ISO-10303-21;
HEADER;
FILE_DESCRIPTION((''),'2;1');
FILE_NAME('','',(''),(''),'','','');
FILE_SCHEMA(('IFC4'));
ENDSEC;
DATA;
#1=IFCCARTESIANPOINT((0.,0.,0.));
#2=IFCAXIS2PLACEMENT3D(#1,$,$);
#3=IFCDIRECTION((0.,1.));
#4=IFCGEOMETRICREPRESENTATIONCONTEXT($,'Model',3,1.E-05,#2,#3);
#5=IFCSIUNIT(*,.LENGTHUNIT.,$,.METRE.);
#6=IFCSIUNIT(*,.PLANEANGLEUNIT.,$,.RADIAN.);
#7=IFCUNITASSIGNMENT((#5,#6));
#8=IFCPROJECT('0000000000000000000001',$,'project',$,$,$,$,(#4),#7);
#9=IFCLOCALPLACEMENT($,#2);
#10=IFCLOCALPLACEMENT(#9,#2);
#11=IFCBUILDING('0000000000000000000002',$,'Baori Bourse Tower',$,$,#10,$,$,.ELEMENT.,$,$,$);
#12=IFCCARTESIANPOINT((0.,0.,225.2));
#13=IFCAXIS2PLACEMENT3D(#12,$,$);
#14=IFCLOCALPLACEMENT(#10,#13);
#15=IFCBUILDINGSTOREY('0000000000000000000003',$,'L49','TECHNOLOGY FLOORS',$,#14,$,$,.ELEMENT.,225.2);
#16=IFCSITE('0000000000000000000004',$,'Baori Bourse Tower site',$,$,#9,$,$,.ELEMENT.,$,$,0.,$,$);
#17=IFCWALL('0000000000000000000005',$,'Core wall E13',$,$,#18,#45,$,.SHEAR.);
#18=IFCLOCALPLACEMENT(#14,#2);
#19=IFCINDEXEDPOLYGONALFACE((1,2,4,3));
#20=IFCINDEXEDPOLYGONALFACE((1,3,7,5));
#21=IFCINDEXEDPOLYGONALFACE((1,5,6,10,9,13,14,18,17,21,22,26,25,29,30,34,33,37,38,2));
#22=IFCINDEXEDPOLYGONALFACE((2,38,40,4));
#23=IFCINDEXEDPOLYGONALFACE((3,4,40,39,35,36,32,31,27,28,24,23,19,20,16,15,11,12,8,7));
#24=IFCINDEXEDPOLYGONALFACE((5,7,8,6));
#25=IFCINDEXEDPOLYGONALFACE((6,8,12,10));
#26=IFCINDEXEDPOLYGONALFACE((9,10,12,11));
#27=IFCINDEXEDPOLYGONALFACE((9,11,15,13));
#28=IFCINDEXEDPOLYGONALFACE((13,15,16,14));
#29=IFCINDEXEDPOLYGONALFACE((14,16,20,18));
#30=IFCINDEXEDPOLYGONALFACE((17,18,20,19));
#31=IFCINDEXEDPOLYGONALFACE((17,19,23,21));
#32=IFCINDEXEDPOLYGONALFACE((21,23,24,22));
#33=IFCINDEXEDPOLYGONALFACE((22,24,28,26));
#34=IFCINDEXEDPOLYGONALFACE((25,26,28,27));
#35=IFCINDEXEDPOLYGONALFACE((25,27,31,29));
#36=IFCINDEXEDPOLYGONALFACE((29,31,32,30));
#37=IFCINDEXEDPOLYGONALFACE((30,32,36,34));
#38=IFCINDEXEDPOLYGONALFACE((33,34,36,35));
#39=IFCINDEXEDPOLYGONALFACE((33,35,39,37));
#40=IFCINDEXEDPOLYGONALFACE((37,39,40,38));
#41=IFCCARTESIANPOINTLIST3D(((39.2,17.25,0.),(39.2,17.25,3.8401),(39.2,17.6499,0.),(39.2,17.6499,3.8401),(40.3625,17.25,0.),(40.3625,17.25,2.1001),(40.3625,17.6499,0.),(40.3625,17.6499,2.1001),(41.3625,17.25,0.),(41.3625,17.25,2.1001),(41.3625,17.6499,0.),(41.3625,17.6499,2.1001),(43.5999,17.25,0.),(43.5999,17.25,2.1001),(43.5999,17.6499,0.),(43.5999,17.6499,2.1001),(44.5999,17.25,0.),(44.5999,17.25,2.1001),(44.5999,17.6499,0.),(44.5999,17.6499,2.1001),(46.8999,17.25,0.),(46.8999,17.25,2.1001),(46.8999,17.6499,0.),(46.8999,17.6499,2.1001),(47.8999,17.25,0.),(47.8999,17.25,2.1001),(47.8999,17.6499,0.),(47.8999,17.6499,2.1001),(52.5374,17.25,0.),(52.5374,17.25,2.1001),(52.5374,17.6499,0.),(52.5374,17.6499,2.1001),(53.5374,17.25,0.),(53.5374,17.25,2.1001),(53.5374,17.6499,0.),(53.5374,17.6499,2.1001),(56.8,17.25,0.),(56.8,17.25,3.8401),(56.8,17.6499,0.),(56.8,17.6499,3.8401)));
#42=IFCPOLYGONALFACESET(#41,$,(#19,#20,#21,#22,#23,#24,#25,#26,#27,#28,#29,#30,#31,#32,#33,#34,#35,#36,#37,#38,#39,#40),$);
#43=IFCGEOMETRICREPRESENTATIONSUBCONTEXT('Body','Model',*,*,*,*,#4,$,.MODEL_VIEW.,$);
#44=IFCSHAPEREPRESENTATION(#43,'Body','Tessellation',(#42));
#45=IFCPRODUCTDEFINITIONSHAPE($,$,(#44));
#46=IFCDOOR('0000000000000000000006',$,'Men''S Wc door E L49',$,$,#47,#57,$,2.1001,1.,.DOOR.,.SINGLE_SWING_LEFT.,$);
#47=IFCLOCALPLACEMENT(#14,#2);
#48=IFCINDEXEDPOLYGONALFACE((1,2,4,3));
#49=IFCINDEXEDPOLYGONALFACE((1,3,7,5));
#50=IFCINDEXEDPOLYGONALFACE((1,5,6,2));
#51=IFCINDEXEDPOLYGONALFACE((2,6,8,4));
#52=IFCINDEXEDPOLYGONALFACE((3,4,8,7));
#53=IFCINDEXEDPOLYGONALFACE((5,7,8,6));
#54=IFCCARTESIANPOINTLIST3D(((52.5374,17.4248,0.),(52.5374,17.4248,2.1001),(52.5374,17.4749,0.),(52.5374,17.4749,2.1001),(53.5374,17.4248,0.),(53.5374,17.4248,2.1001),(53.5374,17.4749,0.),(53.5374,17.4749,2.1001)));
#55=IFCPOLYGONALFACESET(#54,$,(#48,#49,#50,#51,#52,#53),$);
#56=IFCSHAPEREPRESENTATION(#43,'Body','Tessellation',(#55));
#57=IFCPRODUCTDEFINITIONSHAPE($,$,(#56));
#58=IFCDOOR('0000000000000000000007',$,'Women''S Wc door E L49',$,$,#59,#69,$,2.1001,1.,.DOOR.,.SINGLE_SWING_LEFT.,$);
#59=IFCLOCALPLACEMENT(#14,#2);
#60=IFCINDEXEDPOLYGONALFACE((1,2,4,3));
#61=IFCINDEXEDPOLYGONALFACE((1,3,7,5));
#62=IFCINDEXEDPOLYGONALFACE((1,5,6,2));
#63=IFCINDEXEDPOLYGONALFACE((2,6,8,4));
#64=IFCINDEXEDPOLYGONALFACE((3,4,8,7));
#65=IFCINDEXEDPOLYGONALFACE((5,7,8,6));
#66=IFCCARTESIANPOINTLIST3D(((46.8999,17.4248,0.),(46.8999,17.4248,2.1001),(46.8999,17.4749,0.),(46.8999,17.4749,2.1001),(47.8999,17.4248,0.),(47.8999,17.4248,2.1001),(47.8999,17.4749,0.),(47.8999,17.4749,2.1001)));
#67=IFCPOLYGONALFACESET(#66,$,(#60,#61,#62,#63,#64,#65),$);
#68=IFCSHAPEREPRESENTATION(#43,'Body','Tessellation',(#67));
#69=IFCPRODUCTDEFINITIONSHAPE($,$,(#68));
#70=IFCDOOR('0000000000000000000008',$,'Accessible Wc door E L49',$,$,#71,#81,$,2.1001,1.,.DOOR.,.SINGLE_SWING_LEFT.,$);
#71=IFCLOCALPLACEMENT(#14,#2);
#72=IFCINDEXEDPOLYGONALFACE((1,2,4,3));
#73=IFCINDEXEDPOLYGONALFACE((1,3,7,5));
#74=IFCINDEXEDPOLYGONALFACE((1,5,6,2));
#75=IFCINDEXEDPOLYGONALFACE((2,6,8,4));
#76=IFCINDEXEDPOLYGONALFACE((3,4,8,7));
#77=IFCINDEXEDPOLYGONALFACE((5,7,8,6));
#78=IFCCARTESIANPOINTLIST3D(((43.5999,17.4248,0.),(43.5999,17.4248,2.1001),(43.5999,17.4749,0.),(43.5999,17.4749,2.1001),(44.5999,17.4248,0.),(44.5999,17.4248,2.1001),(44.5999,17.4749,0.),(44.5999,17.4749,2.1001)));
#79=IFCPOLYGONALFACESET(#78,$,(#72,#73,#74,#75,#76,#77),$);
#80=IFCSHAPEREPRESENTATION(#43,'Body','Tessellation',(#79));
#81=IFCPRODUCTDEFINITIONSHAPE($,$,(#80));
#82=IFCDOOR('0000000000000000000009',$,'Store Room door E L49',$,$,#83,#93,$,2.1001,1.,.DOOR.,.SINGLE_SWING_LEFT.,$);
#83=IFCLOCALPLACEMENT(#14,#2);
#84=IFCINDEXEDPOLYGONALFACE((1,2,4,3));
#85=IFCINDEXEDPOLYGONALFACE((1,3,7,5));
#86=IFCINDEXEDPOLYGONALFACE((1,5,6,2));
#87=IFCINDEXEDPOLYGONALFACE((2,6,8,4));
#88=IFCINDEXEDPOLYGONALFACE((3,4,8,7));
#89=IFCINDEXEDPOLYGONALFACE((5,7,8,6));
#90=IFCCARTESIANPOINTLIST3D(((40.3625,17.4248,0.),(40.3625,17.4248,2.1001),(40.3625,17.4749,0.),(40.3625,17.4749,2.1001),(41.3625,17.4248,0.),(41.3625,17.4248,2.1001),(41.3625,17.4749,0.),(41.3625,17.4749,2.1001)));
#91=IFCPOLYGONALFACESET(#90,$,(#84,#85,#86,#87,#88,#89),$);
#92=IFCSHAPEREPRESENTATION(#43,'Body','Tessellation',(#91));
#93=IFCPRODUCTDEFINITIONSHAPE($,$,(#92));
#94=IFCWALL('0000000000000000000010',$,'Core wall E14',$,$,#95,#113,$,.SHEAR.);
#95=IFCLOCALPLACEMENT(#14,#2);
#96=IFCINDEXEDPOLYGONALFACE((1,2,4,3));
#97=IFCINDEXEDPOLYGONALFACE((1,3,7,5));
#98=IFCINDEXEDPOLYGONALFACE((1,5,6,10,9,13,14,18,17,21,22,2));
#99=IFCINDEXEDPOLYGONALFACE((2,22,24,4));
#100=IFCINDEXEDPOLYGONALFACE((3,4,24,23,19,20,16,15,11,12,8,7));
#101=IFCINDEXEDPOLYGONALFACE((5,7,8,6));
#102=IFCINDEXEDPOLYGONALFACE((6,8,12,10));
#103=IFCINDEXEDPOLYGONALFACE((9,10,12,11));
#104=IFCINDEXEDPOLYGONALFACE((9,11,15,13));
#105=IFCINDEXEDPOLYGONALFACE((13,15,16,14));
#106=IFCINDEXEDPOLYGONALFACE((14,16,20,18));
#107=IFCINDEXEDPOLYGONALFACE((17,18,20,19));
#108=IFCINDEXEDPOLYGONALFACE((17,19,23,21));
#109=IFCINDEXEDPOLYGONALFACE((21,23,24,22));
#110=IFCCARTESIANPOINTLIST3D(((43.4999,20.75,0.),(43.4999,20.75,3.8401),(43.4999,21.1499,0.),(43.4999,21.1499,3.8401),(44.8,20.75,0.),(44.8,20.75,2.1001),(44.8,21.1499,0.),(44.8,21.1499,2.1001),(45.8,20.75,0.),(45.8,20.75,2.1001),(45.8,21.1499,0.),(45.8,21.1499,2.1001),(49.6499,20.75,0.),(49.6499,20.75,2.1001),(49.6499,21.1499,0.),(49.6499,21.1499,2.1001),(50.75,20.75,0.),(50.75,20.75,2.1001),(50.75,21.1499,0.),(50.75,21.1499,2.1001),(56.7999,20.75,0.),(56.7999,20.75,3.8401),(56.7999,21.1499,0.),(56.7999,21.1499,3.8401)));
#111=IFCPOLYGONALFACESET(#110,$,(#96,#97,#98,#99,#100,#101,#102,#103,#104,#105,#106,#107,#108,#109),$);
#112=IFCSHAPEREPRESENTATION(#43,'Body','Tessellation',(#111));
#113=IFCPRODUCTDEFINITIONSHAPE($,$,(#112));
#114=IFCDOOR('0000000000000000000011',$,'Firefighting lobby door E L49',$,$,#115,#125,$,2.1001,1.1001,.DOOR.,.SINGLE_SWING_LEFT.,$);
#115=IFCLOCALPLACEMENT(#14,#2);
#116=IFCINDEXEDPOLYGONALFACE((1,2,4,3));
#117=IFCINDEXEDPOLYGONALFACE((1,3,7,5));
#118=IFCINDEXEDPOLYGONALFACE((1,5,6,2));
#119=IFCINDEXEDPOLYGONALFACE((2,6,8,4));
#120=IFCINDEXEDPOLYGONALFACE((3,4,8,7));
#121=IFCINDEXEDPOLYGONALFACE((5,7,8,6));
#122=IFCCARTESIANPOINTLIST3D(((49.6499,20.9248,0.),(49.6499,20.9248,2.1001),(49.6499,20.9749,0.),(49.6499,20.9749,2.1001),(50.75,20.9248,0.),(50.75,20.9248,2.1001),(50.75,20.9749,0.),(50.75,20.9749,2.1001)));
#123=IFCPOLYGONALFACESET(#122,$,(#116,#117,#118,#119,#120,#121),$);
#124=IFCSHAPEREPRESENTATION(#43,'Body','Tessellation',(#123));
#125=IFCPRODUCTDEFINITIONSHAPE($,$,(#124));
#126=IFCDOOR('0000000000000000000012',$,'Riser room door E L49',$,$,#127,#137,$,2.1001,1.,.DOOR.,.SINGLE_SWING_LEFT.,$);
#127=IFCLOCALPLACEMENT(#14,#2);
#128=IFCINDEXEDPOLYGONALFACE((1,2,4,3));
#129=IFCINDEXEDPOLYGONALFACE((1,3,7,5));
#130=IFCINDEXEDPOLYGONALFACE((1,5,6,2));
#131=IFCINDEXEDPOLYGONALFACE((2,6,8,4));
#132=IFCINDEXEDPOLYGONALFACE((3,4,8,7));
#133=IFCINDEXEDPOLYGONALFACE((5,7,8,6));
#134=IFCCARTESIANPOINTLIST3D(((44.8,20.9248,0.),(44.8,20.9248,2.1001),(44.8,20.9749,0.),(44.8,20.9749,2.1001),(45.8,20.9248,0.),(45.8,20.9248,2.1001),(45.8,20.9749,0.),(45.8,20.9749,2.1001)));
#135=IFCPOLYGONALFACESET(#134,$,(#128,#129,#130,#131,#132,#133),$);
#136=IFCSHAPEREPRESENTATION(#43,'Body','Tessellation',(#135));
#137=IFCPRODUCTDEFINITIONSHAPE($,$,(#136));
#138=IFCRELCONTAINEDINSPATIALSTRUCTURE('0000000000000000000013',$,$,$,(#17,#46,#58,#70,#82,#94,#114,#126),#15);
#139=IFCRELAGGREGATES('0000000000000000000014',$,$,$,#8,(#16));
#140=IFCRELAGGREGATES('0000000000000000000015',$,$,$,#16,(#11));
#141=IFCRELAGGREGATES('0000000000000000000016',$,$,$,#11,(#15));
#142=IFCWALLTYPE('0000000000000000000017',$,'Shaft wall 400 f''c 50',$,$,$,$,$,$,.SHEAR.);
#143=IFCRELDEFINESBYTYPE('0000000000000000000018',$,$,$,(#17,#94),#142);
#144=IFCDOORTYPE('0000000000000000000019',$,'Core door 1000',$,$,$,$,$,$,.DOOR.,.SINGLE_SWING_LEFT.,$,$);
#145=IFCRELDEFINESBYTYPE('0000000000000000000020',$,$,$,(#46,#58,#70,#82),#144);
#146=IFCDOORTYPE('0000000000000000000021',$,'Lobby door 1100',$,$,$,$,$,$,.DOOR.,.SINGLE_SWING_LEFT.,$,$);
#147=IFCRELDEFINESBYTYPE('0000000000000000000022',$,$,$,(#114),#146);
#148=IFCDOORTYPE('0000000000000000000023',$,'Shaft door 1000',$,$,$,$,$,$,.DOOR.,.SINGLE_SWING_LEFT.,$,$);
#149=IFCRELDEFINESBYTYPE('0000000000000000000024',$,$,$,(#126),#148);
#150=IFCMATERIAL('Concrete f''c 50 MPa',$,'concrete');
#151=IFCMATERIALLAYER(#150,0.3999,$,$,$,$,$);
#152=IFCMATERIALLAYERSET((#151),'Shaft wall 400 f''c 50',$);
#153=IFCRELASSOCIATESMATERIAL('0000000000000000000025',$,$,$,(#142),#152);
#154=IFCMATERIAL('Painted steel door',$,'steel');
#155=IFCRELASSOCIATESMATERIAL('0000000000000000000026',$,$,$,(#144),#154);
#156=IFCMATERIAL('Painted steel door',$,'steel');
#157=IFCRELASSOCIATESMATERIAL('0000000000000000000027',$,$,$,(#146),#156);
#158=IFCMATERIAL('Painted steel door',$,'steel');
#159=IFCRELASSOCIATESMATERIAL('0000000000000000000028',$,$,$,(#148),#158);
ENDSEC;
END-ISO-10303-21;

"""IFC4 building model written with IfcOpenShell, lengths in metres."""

from ifc_helpers import new_model, si_unit, direction, frame, frame_2d, origin, place, context, subcontext, project, spatial, rectangle, extrude, material, layer, layer_set, type_object, element, fill, save


model = new_model("IFC4")

# Units and contexts
model_context = context("Model", 3, precision=1e-05, world=origin(), true_north=direction((0.0, 1.0)))
body_context = subcontext(model_context, "Body", "Model", "MODEL_VIEW")
ifc_project = project(units=[si_unit("LENGTHUNIT", "METRE"), si_unit("PLANEANGLEUNIT", "RADIAN")], contexts=[model_context])

# Site, building, storey
site_placement = place(None, origin())
site = spatial("IfcSite", under=ifc_project, at=site_placement, Name="Baori Bourse Tower site", CompositionType="ELEMENT", RefElevation=0.0)
building_placement = place(site_placement, origin())
building = spatial("IfcBuilding", under=site, at=building_placement, Name="Baori Bourse Tower", CompositionType="ELEMENT")
storey_placement = place(building_placement, frame((0.0, 0.0, 225.2)))
storey = spatial("IfcBuildingStorey", under=building, at=storey_placement, Name="L49", Description="TECHNOLOGY FLOORS", CompositionType="ELEMENT", Elevation=225.2)

# Shared definitions
ifc_material_1 = material(Name="Concrete f'c 50 MPa", Category="concrete")
ifc_layer_1 = layer(ifc_material_1, 0.3999)
ifc_layer_set_1 = layer_set([ifc_layer_1], Name="Shaft wall 400 f'c 50")
wall_type_1 = type_object("IfcWallType", Name="Shaft wall 400 f'c 50", PredefinedType="SHEAR", material=ifc_layer_set_1)

# Walls, openings, doors
wall_1_placement = place(storey_placement, frame((39.2, 17.45, 0.0), z_axis=(0.0, 0.0, 1.0), x_axis=(1.0, 0.0, 0.0)))
wall_1 = element("IfcWall", 1, at=wall_1_placement, inside=storey, type_object=wall_type_1, Name="Core wall E13", PredefinedType="SHEAR", context=body_context, shape_type="SweptSolid", body=[
    extrude(rectangle(XDim=17.6001, YDim=0.3999, at=frame_2d((8.8, 0.0))), origin(), (0.0, 0.0, 1.0), 3.8401),
])
opening_1_placement = place(wall_1_placement, frame((13.3374, 0.0, 0.0)))
opening_1 = element("IfcOpeningElement", 2, at=opening_1_placement, cuts=wall_1, PredefinedType="OPENING", context=body_context, shape_type="SweptSolid", body=[
    extrude(rectangle(XDim=1.0, YDim=2.1001, at=frame_2d((0.5, 1.05))), frame((0.0, 0.21, 0.0), z_axis=(0.0, -1.0, 0.0), x_axis=(1.0, 0.0, 0.0)), (0.0, 0.0, 1.0), 0.4199),
])
opening_2_placement = place(wall_1_placement, frame((7.7, 0.0, 0.0)))
opening_2 = element("IfcOpeningElement", 3, at=opening_2_placement, cuts=wall_1, PredefinedType="OPENING", context=body_context, shape_type="SweptSolid", body=[
    extrude(rectangle(XDim=1.0, YDim=2.1001, at=frame_2d((0.5, 1.05))), frame((0.0, 0.21, 0.0), z_axis=(0.0, -1.0, 0.0), x_axis=(1.0, 0.0, 0.0)), (0.0, 0.0, 1.0), 0.4199),
])
opening_3_placement = place(wall_1_placement, frame((4.3999, 0.0, 0.0)))
opening_3 = element("IfcOpeningElement", 4, at=opening_3_placement, cuts=wall_1, PredefinedType="OPENING", context=body_context, shape_type="SweptSolid", body=[
    extrude(rectangle(XDim=1.0, YDim=2.1001, at=frame_2d((0.5, 1.05))), frame((0.0, 0.21, 0.0), z_axis=(0.0, -1.0, 0.0), x_axis=(1.0, 0.0, 0.0)), (0.0, 0.0, 1.0), 0.4199),
])
opening_4_placement = place(wall_1_placement, frame((1.1626, 0.0, 0.0)))
opening_4 = element("IfcOpeningElement", 5, at=opening_4_placement, cuts=wall_1, PredefinedType="OPENING", context=body_context, shape_type="SweptSolid", body=[
    extrude(rectangle(XDim=1.0, YDim=2.1001, at=frame_2d((0.5, 1.05))), frame((0.0, 0.21, 0.0), z_axis=(0.0, -1.0, 0.0), x_axis=(1.0, 0.0, 0.0)), (0.0, 0.0, 1.0), 0.4199),
])
ifc_material_2 = material(Name="Painted steel door", Category="steel")
door_type_1 = type_object("IfcDoorType", Name="Core door 1000", OperationType="SINGLE_SWING_LEFT", PredefinedType="DOOR", material=ifc_material_2)
door_1_placement = place(opening_1_placement, origin())
door_1 = element("IfcDoor", 6, at=door_1_placement, inside=storey, type_object=door_type_1, Name="Men'S Wc door E L49", OperationType="SINGLE_SWING_LEFT", OverallHeight=2.1001, OverallWidth=1.0, PredefinedType="DOOR", context=body_context, shape_type="SweptSolid", body=[
    extrude(rectangle(XDim=1.0, YDim=2.1001, at=frame_2d((0.5, 1.05))), frame((0.0, 0.0249, 0.0), z_axis=(0.0, -1.0, 0.0), x_axis=(1.0, 0.0, 0.0)), (0.0, 0.0, 1.0), 0.05),
])
fill(opening_1, door_1)
door_2_placement = place(opening_2_placement, origin())
door_2 = element("IfcDoor", 7, at=door_2_placement, inside=storey, type_object=door_type_1, Name="Women'S Wc door E L49", OperationType="SINGLE_SWING_LEFT", OverallHeight=2.1001, OverallWidth=1.0, PredefinedType="DOOR", context=body_context, shape_type="SweptSolid", body=[
    extrude(rectangle(XDim=1.0, YDim=2.1001, at=frame_2d((0.5, 1.05))), frame((0.0, 0.0249, 0.0), z_axis=(0.0, -1.0, 0.0), x_axis=(1.0, 0.0, 0.0)), (0.0, 0.0, 1.0), 0.05),
])
fill(opening_2, door_2)
door_3_placement = place(opening_3_placement, origin())
door_3 = element("IfcDoor", 8, at=door_3_placement, inside=storey, type_object=door_type_1, Name="Accessible Wc door E L49", OperationType="SINGLE_SWING_LEFT", OverallHeight=2.1001, OverallWidth=1.0, PredefinedType="DOOR", context=body_context, shape_type="SweptSolid", body=[
    extrude(rectangle(XDim=1.0, YDim=2.1001, at=frame_2d((0.5, 1.05))), frame((0.0, 0.0249, 0.0), z_axis=(0.0, -1.0, 0.0), x_axis=(1.0, 0.0, 0.0)), (0.0, 0.0, 1.0), 0.05),
])
fill(opening_3, door_3)
door_4_placement = place(opening_4_placement, origin())
door_4 = element("IfcDoor", 9, at=door_4_placement, inside=storey, type_object=door_type_1, Name="Store Room door E L49", OperationType="SINGLE_SWING_LEFT", OverallHeight=2.1001, OverallWidth=1.0, PredefinedType="DOOR", context=body_context, shape_type="SweptSolid", body=[
    extrude(rectangle(XDim=1.0, YDim=2.1001, at=frame_2d((0.5, 1.05))), frame((0.0, 0.0249, 0.0), z_axis=(0.0, -1.0, 0.0), x_axis=(1.0, 0.0, 0.0)), (0.0, 0.0, 1.0), 0.05),
])
fill(opening_4, door_4)
wall_2_placement = place(storey_placement, frame((43.5, 20.95, 0.0), z_axis=(0.0, 0.0, 1.0), x_axis=(1.0, 0.0, 0.0)))
wall_2 = element("IfcWall", 10, at=wall_2_placement, inside=storey, type_object=wall_type_1, Name="Core wall E14", PredefinedType="SHEAR", context=body_context, shape_type="SweptSolid", body=[
    extrude(rectangle(XDim=13.3, YDim=0.3999, at=frame_2d((6.6499, 0.0))), origin(), (0.0, 0.0, 1.0), 3.8401),
])
opening_5_placement = place(wall_2_placement, frame((6.1499, 0.0, 0.0)))
opening_5 = element("IfcOpeningElement", 11, at=opening_5_placement, cuts=wall_2, PredefinedType="OPENING", context=body_context, shape_type="SweptSolid", body=[
    extrude(rectangle(XDim=1.1001, YDim=2.1001, at=frame_2d((0.55, 1.05))), frame((0.0, 0.21, 0.0), z_axis=(0.0, -1.0, 0.0), x_axis=(1.0, 0.0, 0.0)), (0.0, 0.0, 1.0), 0.4199),
])
opening_6_placement = place(wall_2_placement, frame((1.3, 0.0, 0.0)))
opening_6 = element("IfcOpeningElement", 12, at=opening_6_placement, cuts=wall_2, PredefinedType="OPENING", context=body_context, shape_type="SweptSolid", body=[
    extrude(rectangle(XDim=1.0, YDim=2.1001, at=frame_2d((0.5, 1.05))), frame((0.0, 0.21, 0.0), z_axis=(0.0, -1.0, 0.0), x_axis=(1.0, 0.0, 0.0)), (0.0, 0.0, 1.0), 0.4199),
])
ifc_material_3 = material(Name="Painted steel door", Category="steel")
door_type_2 = type_object("IfcDoorType", Name="Lobby door 1100", OperationType="SINGLE_SWING_LEFT", PredefinedType="DOOR", material=ifc_material_3)
door_5_placement = place(opening_5_placement, origin())
door_5 = element("IfcDoor", 13, at=door_5_placement, inside=storey, type_object=door_type_2, Name="Firefighting lobby door E L49", OperationType="SINGLE_SWING_LEFT", OverallHeight=2.1001, OverallWidth=1.1001, PredefinedType="DOOR", context=body_context, shape_type="SweptSolid", body=[
    extrude(rectangle(XDim=1.1001, YDim=2.1001, at=frame_2d((0.55, 1.05))), frame((0.0, 0.0249, 0.0), z_axis=(0.0, -1.0, 0.0), x_axis=(1.0, 0.0, 0.0)), (0.0, 0.0, 1.0), 0.05),
])
fill(opening_5, door_5)
ifc_material_4 = material(Name="Painted steel door", Category="steel")
door_type_3 = type_object("IfcDoorType", Name="Shaft door 1000", OperationType="SINGLE_SWING_LEFT", PredefinedType="DOOR", material=ifc_material_4)
door_6_placement = place(opening_6_placement, origin())
door_6 = element("IfcDoor", 14, at=door_6_placement, inside=storey, type_object=door_type_3, Name="Riser room door E L49", OperationType="SINGLE_SWING_LEFT", OverallHeight=2.1001, OverallWidth=1.0, PredefinedType="DOOR", context=body_context, shape_type="SweptSolid", body=[
    extrude(rectangle(XDim=1.0, YDim=2.1001, at=frame_2d((0.5, 1.05))), frame((0.0, 0.0249, 0.0), z_axis=(0.0, -1.0, 0.0), x_axis=(1.0, 0.0, 0.0)), (0.0, 0.0, 1.0), 0.05),
])
fill(opening_6, door_6)

save(model, "model.ifc")
